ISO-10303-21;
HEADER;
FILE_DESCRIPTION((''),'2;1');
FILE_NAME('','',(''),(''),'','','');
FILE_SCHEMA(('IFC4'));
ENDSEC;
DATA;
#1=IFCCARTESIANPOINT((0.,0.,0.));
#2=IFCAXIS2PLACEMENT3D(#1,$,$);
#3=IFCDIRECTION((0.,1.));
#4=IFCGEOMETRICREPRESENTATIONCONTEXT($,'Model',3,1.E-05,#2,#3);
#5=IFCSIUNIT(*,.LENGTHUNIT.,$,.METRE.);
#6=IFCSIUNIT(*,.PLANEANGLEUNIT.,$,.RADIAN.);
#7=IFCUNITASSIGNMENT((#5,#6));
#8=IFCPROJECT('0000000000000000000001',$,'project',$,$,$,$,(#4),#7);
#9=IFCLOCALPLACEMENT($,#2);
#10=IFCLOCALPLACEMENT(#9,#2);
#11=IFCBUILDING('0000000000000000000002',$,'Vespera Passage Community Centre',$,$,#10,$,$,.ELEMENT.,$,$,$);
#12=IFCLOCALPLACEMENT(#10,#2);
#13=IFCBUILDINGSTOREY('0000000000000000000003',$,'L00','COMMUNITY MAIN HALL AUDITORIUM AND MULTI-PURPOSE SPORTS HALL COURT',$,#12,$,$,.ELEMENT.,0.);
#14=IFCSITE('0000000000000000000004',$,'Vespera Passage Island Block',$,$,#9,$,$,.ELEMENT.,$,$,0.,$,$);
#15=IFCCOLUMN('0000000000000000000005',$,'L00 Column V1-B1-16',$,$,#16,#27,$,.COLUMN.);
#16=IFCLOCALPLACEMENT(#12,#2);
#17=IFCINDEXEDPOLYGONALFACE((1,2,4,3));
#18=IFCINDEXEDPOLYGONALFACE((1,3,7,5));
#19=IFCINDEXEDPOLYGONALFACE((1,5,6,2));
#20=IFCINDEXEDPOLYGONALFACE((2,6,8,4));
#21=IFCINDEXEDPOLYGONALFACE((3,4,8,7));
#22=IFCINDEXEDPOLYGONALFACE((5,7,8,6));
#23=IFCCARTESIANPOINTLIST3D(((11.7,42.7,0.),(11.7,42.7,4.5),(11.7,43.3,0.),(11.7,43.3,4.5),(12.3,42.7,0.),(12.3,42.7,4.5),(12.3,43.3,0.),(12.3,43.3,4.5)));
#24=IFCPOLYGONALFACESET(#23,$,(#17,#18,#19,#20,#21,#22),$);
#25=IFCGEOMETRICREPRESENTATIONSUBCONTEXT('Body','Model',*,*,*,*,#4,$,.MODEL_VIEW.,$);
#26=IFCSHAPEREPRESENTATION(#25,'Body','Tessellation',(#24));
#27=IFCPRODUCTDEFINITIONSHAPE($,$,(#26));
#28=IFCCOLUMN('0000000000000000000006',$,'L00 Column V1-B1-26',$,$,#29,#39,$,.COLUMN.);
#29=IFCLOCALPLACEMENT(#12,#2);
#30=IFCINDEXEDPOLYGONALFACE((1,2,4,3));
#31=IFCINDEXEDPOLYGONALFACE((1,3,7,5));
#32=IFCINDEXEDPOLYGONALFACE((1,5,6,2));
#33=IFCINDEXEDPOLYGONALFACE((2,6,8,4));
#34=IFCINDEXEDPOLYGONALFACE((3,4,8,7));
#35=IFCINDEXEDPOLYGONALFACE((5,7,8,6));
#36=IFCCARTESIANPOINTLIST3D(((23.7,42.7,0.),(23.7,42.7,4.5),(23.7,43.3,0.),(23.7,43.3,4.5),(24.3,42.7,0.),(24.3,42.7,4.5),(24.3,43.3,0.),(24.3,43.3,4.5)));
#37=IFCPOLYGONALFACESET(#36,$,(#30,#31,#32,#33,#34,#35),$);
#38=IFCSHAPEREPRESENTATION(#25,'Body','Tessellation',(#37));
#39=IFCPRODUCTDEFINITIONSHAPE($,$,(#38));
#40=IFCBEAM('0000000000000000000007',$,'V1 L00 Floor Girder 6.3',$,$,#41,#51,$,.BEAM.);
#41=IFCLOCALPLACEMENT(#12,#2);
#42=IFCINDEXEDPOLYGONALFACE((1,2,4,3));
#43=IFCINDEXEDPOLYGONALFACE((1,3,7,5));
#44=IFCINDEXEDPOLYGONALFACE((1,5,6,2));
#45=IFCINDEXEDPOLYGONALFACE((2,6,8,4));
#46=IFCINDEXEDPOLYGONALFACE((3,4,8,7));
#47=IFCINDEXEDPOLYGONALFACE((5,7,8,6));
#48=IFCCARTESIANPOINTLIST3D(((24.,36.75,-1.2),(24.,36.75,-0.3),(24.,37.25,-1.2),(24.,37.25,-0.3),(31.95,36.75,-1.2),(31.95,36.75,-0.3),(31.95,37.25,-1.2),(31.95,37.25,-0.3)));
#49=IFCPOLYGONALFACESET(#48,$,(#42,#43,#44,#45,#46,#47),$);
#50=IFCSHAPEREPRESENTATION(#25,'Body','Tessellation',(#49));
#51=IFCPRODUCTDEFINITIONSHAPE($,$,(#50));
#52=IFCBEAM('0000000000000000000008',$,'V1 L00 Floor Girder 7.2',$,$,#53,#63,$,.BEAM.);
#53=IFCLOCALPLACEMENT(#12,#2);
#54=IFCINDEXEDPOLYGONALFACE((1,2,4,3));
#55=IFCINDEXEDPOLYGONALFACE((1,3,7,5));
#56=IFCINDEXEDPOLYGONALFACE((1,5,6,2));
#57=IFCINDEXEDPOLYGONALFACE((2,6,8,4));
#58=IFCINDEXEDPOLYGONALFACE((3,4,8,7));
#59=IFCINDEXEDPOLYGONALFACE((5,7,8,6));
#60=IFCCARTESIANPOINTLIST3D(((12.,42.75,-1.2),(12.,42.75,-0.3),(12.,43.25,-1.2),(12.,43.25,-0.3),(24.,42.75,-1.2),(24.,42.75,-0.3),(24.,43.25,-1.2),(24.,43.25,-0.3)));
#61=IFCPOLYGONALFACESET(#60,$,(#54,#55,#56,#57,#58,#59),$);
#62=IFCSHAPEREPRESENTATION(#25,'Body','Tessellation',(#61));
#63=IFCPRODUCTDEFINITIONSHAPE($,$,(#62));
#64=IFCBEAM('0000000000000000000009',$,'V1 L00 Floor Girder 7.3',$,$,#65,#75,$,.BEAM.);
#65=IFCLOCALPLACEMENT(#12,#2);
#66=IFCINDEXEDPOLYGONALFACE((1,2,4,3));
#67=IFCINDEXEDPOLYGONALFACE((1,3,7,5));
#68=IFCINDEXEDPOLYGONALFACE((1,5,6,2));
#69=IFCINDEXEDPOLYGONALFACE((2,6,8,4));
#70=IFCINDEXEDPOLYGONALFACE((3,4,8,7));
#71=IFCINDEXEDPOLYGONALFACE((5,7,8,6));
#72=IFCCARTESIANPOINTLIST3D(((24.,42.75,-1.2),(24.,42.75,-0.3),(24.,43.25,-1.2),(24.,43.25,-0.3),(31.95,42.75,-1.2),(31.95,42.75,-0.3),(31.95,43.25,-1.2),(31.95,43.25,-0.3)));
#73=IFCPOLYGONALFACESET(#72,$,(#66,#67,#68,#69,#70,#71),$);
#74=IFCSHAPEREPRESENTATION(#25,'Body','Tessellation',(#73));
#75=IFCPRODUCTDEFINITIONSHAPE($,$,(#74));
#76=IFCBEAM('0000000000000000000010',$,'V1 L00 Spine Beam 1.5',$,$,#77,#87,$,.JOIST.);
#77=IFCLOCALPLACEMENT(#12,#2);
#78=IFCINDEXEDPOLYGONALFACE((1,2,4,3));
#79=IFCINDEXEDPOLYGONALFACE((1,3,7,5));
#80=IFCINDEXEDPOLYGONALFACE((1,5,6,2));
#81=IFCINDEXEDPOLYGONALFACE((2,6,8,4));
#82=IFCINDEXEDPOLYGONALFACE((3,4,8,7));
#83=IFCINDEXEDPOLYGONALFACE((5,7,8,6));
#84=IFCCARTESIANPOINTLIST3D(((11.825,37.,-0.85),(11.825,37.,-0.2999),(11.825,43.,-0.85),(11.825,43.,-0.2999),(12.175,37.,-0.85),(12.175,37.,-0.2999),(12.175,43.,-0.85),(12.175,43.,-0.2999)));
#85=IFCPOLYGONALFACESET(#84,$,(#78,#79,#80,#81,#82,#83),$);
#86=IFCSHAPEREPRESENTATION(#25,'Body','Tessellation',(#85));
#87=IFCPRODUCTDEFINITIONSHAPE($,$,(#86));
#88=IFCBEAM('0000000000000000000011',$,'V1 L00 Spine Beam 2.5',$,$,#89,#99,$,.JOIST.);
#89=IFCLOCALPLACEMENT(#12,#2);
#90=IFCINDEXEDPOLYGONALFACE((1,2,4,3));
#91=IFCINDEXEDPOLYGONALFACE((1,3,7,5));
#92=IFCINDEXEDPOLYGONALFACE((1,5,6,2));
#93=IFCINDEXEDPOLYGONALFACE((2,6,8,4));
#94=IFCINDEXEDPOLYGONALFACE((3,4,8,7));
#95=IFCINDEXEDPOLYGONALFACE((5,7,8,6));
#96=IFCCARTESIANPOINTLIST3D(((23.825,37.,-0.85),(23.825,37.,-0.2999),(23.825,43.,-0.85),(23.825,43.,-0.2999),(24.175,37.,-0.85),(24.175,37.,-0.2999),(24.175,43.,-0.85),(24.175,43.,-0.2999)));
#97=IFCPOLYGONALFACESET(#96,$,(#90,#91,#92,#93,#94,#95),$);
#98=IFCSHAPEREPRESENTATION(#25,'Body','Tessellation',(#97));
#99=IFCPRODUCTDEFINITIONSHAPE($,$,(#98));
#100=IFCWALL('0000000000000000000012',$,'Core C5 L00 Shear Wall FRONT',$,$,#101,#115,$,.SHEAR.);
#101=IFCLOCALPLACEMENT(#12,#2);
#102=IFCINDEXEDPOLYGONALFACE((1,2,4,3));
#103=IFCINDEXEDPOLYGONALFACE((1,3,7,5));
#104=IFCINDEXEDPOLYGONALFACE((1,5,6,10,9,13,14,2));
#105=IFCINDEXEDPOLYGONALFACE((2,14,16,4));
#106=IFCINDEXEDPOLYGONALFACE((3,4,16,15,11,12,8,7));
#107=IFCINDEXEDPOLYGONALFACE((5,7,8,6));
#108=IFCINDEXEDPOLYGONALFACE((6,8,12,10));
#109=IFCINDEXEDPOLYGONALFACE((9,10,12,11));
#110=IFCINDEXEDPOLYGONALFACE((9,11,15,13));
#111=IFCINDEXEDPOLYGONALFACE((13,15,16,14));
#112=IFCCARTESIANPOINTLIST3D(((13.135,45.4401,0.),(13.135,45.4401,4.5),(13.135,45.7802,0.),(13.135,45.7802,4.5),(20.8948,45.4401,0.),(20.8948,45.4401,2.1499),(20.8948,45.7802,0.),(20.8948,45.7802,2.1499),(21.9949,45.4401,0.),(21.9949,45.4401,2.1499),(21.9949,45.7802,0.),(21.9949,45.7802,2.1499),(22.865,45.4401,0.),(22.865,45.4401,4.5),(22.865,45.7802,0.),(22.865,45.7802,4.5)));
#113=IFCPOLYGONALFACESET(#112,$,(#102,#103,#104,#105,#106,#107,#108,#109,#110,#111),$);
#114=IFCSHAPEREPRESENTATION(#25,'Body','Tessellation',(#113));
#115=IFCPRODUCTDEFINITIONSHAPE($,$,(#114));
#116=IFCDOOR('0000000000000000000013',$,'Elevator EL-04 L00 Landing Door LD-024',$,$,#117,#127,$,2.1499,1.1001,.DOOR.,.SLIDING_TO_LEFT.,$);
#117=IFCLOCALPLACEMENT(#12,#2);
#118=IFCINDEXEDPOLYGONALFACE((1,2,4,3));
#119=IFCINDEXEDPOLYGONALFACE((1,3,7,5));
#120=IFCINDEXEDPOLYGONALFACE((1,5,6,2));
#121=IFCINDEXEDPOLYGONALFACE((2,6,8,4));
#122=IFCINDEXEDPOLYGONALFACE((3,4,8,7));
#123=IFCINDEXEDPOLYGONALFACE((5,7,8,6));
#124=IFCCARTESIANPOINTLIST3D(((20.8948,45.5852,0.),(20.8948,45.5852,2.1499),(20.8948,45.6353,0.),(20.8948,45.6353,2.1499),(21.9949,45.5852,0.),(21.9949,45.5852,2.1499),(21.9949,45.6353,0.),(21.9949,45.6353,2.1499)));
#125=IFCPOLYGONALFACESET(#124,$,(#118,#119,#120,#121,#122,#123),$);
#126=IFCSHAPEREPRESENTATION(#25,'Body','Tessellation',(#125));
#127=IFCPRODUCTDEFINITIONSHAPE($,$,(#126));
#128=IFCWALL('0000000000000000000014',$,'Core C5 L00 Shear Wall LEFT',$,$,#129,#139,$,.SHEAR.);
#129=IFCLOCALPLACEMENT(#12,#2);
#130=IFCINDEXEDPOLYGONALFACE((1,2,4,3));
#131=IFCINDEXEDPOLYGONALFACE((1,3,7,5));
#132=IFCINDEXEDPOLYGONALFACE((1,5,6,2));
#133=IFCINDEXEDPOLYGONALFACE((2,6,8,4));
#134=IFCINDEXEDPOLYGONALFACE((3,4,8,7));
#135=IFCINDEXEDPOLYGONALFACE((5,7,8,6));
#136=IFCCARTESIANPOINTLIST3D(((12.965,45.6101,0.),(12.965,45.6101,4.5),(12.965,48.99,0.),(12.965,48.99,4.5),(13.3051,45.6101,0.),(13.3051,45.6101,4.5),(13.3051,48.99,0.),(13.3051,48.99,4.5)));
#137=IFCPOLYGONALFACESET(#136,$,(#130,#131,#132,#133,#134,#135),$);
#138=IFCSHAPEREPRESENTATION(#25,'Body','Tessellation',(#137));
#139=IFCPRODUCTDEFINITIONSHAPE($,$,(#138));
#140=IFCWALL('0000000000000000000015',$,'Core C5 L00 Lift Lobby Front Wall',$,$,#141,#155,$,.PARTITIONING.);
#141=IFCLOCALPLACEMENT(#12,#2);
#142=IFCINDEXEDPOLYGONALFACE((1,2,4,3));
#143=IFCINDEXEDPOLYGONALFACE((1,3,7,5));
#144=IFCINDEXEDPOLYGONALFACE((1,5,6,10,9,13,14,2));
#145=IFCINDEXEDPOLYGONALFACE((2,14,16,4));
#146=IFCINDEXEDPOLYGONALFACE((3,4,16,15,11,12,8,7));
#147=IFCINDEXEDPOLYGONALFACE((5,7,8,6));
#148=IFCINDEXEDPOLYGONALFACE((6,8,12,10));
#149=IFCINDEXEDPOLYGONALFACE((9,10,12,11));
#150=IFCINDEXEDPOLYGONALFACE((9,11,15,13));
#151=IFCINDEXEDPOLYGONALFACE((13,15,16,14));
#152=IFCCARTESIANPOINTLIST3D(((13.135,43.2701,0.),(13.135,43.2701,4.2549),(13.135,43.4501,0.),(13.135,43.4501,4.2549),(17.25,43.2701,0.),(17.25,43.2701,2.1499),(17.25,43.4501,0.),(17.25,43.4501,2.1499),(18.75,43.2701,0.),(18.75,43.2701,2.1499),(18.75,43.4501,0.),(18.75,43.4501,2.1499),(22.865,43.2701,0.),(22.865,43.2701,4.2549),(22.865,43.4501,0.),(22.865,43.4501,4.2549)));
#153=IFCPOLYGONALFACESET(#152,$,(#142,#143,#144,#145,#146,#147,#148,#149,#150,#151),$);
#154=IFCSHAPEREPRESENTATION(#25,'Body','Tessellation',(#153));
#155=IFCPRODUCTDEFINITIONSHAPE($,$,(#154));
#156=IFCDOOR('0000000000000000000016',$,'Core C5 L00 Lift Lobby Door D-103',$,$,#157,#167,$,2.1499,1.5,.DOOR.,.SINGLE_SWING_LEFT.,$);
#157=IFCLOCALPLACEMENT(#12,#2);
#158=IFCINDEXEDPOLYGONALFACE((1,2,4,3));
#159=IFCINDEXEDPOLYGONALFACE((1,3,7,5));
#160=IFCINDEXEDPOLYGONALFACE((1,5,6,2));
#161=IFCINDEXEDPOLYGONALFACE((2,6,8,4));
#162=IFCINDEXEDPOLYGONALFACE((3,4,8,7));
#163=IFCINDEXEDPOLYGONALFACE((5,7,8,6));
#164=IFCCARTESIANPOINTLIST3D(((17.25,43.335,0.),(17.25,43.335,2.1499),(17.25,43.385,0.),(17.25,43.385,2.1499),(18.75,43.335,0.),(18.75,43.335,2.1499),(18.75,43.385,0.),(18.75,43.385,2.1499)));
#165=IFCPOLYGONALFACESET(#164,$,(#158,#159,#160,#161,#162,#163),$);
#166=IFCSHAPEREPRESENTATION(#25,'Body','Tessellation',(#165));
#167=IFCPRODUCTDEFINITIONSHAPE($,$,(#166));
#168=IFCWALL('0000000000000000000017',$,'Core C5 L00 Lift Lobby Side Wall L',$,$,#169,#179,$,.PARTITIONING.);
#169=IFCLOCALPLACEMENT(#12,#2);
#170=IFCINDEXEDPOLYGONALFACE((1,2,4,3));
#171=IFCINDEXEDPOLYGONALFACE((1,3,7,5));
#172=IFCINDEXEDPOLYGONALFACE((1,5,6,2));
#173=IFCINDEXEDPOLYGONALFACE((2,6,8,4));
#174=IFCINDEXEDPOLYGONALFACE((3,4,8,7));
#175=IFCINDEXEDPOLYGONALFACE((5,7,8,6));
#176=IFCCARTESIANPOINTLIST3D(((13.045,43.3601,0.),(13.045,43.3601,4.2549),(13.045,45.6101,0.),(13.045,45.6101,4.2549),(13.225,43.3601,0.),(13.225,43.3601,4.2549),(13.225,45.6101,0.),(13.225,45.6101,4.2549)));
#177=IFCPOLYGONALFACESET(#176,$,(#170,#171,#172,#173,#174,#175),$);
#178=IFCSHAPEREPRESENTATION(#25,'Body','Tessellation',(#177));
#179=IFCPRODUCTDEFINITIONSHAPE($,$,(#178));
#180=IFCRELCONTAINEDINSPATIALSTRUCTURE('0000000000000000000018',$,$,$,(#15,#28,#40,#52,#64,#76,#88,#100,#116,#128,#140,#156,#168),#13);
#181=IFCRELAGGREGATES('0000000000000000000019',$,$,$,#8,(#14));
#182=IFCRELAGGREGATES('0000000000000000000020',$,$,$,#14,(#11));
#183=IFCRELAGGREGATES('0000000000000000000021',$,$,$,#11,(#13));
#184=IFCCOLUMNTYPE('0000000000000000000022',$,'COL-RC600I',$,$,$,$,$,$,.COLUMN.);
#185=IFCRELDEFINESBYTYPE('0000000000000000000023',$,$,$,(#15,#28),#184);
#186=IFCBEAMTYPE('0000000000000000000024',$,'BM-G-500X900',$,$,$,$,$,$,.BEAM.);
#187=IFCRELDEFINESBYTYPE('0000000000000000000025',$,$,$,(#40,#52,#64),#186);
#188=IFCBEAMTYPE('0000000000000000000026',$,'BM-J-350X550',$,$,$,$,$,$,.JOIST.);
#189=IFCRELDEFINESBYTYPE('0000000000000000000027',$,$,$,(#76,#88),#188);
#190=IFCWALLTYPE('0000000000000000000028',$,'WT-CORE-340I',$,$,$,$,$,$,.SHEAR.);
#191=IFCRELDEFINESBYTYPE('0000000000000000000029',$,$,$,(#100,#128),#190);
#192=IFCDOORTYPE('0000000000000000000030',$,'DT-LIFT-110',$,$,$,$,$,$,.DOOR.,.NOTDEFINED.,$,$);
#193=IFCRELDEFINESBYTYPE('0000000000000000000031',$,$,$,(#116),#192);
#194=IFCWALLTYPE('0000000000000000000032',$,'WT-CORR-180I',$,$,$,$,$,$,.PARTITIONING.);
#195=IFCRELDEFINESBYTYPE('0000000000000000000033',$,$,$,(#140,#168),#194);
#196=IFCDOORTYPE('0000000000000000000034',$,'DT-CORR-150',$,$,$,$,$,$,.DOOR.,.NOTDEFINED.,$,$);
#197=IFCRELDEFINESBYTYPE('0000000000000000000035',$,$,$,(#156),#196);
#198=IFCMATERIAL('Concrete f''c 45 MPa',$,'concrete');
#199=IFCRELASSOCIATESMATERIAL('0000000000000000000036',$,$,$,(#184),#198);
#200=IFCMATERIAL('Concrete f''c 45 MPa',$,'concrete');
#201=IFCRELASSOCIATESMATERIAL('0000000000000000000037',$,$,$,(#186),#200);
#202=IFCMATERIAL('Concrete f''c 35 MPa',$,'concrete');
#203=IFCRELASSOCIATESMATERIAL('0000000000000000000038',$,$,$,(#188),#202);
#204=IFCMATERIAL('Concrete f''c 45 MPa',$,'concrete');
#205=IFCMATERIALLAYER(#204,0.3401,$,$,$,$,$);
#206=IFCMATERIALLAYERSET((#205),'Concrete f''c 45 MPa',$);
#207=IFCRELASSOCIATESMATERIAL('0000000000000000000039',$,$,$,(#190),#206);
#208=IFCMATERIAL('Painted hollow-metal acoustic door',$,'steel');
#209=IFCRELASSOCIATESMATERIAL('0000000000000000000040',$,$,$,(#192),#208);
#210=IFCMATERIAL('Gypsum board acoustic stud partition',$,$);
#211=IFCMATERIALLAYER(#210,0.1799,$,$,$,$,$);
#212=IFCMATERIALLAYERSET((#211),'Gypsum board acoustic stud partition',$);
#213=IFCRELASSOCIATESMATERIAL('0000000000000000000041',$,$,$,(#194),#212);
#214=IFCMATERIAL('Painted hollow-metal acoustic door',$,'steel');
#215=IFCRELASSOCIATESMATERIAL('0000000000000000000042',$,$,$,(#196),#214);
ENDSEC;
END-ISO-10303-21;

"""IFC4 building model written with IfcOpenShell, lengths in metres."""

from ifc_helpers import new_model, si_unit, direction, frame, frame_2d, origin, origin_2d, place, context, subcontext, project, spatial, rectangle, extrude, material, layer, layer_set, material_profile, profile_set, type_object, element, fill, save


model = new_model("IFC4")

# Units and contexts
model_context = context("Model", 3, precision=1e-05, world=origin(), true_north=direction((0.0, 1.0)))
body_context = subcontext(model_context, "Body", "Model", "MODEL_VIEW")
ifc_project = project(units=[si_unit("LENGTHUNIT", "METRE"), si_unit("PLANEANGLEUNIT", "RADIAN")], contexts=[model_context])

# Site, building, storey
site_placement = place(None, origin())
site = spatial("IfcSite", under=ifc_project, at=site_placement, Name="Vespera Passage Island Block", CompositionType="ELEMENT", RefElevation=0.0)
building_placement = place(site_placement, origin())
building = spatial("IfcBuilding", under=site, at=building_placement, Name="Vespera Passage Community Centre", CompositionType="ELEMENT")
storey_placement = place(building_placement, origin())
storey = spatial("IfcBuildingStorey", under=building, at=storey_placement, Name="L00", Description="COMMUNITY MAIN HALL AUDITORIUM AND MULTI-PURPOSE SPORTS HALL COURT", CompositionType="ELEMENT", Elevation=0.0)

# Columns
ifc_material_1 = material(Name="Concrete f'c 45 MPa", Category="concrete")
ifc_material_profile_1 = material_profile(ifc_material_1, rectangle(XDim=0.6001, YDim=0.6001, at=origin_2d()), Name="RC600X600")
ifc_profile_set_1 = profile_set([ifc_material_profile_1], Name="Concrete f'c 45 MPa")
column_type = type_object("IfcColumnType", Name="COL-RC600I", PredefinedType="COLUMN", material=ifc_profile_set_1)
for number, where, z_axis, x_axis, name in (
    (1, (12.0, 43.0, 0.0), (0.0, 0.0, 1.0), (1.0, 0.0, 0.0), "L00 Column V1-B1-16"),
    (2, (24.0, 43.0, 0.0), (0.0, 0.0, 1.0), (1.0, 0.0, 0.0), "L00 Column V1-B1-26"),
):
    element("IfcColumn", number, at=place(storey_placement, frame(where, z_axis=z_axis, x_axis=x_axis)), inside=storey, type_object=column_type, Name=name, PredefinedType="COLUMN", context=body_context, shape_type="SweptSolid", body=[
        extrude(rectangle(XDim=0.6001, YDim=0.6001, at=origin_2d()), origin(), (0.0, 0.0, 1.0), 4.5),
    ])

# Beams
ifc_material_2 = material(Name="Concrete f'c 45 MPa", Category="concrete")
ifc_material_profile_2 = material_profile(ifc_material_2, rectangle(XDim=0.5, YDim=0.8999, at=origin_2d()), Name="RC500X900")
ifc_profile_set_2 = profile_set([ifc_material_profile_2], Name="Concrete f'c 45 MPa")
beam_type_1 = type_object("IfcBeamType", Name="BM-G-500X900", PredefinedType="BEAM", material=ifc_profile_set_2)
beam_1_placement = place(storey_placement, frame((24.0, 37.0, -0.75), z_axis=(1.0, 0.0, 0.0), x_axis=(0.0, 1.0, 0.0)))
element("IfcBeam", 3, at=beam_1_placement, inside=storey, type_object=beam_type_1, Name="V1 L00 Floor Girder 6.3", PredefinedType="BEAM", context=body_context, shape_type="SweptSolid", body=[
    extrude(rectangle(XDim=0.5, YDim=0.8999, at=origin_2d()), origin(), (0.0, 0.0, 1.0), 7.95),
])
beam_2_placement = place(storey_placement, frame((12.0, 43.0, -0.75), z_axis=(1.0, 0.0, 0.0), x_axis=(0.0, 1.0, 0.0)))
element("IfcBeam", 4, at=beam_2_placement, inside=storey, type_object=beam_type_1, Name="V1 L00 Floor Girder 7.2", PredefinedType="BEAM", context=body_context, shape_type="SweptSolid", body=[
    extrude(rectangle(XDim=0.5, YDim=0.8999, at=origin_2d()), origin(), (0.0, 0.0, 1.0), 12.0),
])
beam_3_placement = place(storey_placement, frame((24.0, 43.0, -0.75), z_axis=(1.0, 0.0, 0.0), x_axis=(0.0, 1.0, 0.0)))
element("IfcBeam", 5, at=beam_3_placement, inside=storey, type_object=beam_type_1, Name="V1 L00 Floor Girder 7.3", PredefinedType="BEAM", context=body_context, shape_type="SweptSolid", body=[
    extrude(rectangle(XDim=0.5, YDim=0.8999, at=origin_2d()), origin(), (0.0, 0.0, 1.0), 7.95),
])
ifc_material_3 = material(Name="Concrete f'c 35 MPa", Category="concrete")
ifc_material_profile_3 = material_profile(ifc_material_3, rectangle(XDim=0.3501, YDim=0.55, at=origin_2d()), Name="RC350X550")
ifc_profile_set_3 = profile_set([ifc_material_profile_3], Name="Concrete f'c 35 MPa")
beam_type_2 = type_object("IfcBeamType", Name="BM-J-350X550", PredefinedType="JOIST", material=ifc_profile_set_3)
for number, where, z_axis, x_axis, name in (
    (6, (12.0, 37.0, -0.575), (0.0, 1.0, 0.0), (-1.0, 0.0, 0.0), "V1 L00 Spine Beam 1.5"),
    (7, (24.0, 37.0, -0.575), (0.0, 1.0, 0.0), (-1.0, 0.0, 0.0), "V1 L00 Spine Beam 2.5"),
):
    element("IfcBeam", number, at=place(storey_placement, frame(where, z_axis=z_axis, x_axis=x_axis)), inside=storey, type_object=beam_type_2, Name=name, PredefinedType="JOIST", context=body_context, shape_type="SweptSolid", body=[
        extrude(rectangle(XDim=0.3501, YDim=0.55, at=origin_2d()), origin(), (0.0, 0.0, 1.0), 6.0),
    ])

# Wall, opening, door
ifc_material_4 = material(Name="Concrete f'c 45 MPa", Category="concrete")
ifc_layer_1 = layer(ifc_material_4, 0.3401)
ifc_layer_set_1 = layer_set([ifc_layer_1], Name="Concrete f'c 45 MPa")
wall_type_1 = type_object("IfcWallType", Name="WT-CORE-340I", PredefinedType="SHEAR", material=ifc_layer_set_1)
wall_1_placement = place(storey_placement, frame((22.865, 45.6101, 0.0), z_axis=(0.0, 0.0, 1.0), x_axis=(-1.0, 0.0, 0.0)))
wall_1 = element("IfcWall", 8, at=wall_1_placement, inside=storey, type_object=wall_type_1, Name="Core C5 L00 Shear Wall FRONT", PredefinedType="SHEAR", context=body_context, shape_type="SweptSolid", body=[
    extrude(rectangle(XDim=9.73, YDim=0.3401, at=frame_2d((4.865, 0.0))), origin(), (0.0, 0.0, 1.0), 4.5),
])
opening_1_placement = place(wall_1_placement, frame((0.8701, 0.0, 0.0)))
opening_1 = element("IfcOpeningElement", 9, at=opening_1_placement, cuts=wall_1, PredefinedType="OPENING", context=body_context, shape_type="SweptSolid", body=[
    extrude(rectangle(XDim=1.1001, YDim=2.1499, at=frame_2d((0.55, 1.075))), frame((0.0, 0.1799, 0.0), z_axis=(0.0, -1.0, 0.0), x_axis=(1.0, 0.0, 0.0)), (0.0, 0.0, 1.0), 0.3601),
])
ifc_material_5 = material(Name="Painted hollow-metal acoustic door", Category="steel")
door_type_1 = type_object("IfcDoorType", Name="DT-LIFT-110", OperationType="NOTDEFINED", PredefinedType="DOOR", material=ifc_material_5)
door_1_placement = place(opening_1_placement, origin())
door_1 = element("IfcDoor", 10, at=door_1_placement, inside=storey, type_object=door_type_1, Name="Elevator EL-04 L00 Landing Door LD-024", OperationType="SLIDING_TO_LEFT", OverallHeight=2.1499, OverallWidth=1.1001, PredefinedType="DOOR", context=body_context, shape_type="SweptSolid", body=[
    extrude(rectangle(XDim=1.1001, YDim=2.1499, at=frame_2d((0.55, 1.075))), frame((0.0, 0.0249, 0.0), z_axis=(0.0, -1.0, 0.0), x_axis=(1.0, 0.0, 0.0)), (0.0, 0.0, 1.0), 0.05),
])
fill(opening_1, door_1)

# Wall
wall_2_placement = place(storey_placement, frame((13.135, 45.6101, 0.0), z_axis=(0.0, 0.0, 1.0), x_axis=(0.0, 1.0, 0.0)))
element("IfcWall", 11, at=wall_2_placement, inside=storey, type_object=wall_type_1, Name="Core C5 L00 Shear Wall LEFT", PredefinedType="SHEAR", context=body_context, shape_type="SweptSolid", body=[
    extrude(rectangle(XDim=3.3799, YDim=0.3401, at=frame_2d((1.6899, 0.0))), origin(), (0.0, 0.0, 1.0), 4.5),
])

# Wall, opening, door
ifc_material_6 = material(Name="Gypsum board acoustic stud partition")
ifc_layer_2 = layer(ifc_material_6, 0.1799)
ifc_layer_set_2 = layer_set([ifc_layer_2], Name="Gypsum board acoustic stud partition")
wall_type_2 = type_object("IfcWallType", Name="WT-CORR-180I", PredefinedType="PARTITIONING", material=ifc_layer_set_2)
wall_3_placement = place(storey_placement, frame((13.135, 43.3601, 0.0), z_axis=(0.0, 0.0, 1.0), x_axis=(1.0, 0.0, 0.0)))
wall_3 = element("IfcWall", 12, at=wall_3_placement, inside=storey, type_object=wall_type_2, Name="Core C5 L00 Lift Lobby Front Wall", PredefinedType="PARTITIONING", context=body_context, shape_type="SweptSolid", body=[
    extrude(rectangle(XDim=9.73, YDim=0.1799, at=frame_2d((4.865, 0.0))), origin(), (0.0, 0.0, 1.0), 4.2549),
])
opening_2_placement = place(wall_3_placement, frame((4.115, 0.0, 0.0)))
opening_2 = element("IfcOpeningElement", 13, at=opening_2_placement, cuts=wall_3, PredefinedType="OPENING", context=body_context, shape_type="SweptSolid", body=[
    extrude(rectangle(XDim=1.5, YDim=2.1499, at=frame_2d((0.75, 1.075))), frame((0.0, 0.0999, 0.0), z_axis=(0.0, -1.0, 0.0), x_axis=(1.0, 0.0, 0.0)), (0.0, 0.0, 1.0), 0.2),
])
ifc_material_7 = material(Name="Painted hollow-metal acoustic door", Category="steel")
door_type_2 = type_object("IfcDoorType", Name="DT-CORR-150", OperationType="NOTDEFINED", PredefinedType="DOOR", material=ifc_material_7)
door_2_placement = place(opening_2_placement, origin())
door_2 = element("IfcDoor", 14, at=door_2_placement, inside=storey, type_object=door_type_2, Name="Core C5 L00 Lift Lobby Door D-103", OperationType="SINGLE_SWING_LEFT", OverallHeight=2.1499, OverallWidth=1.5, PredefinedType="DOOR", context=body_context, shape_type="SweptSolid", body=[
    extrude(rectangle(XDim=1.5, YDim=2.1499, at=frame_2d((0.75, 1.075))), frame((0.0, 0.0249, 0.0), z_axis=(0.0, -1.0, 0.0), x_axis=(1.0, 0.0, 0.0)), (0.0, 0.0, 1.0), 0.05),
])
fill(opening_2, door_2)

# Wall
for number, where, z_axis, x_axis, name in (
    (15, (13.135, 45.6101, 0.0), (0.0, 0.0, 1.0), (0.0, -1.0, 0.0), "Core C5 L00 Lift Lobby Side Wall L"),
):
    element("IfcWall", number, at=place(storey_placement, frame(where, z_axis=z_axis, x_axis=x_axis)), inside=storey, type_object=wall_type_2, Name=name, PredefinedType="PARTITIONING", context=body_context, shape_type="SweptSolid", body=[
        extrude(rectangle(XDim=2.25, YDim=0.1799, at=frame_2d((1.125, 0.0))), origin(), (0.0, 0.0, 1.0), 4.2549),
    ])

save(model, "model.ifc")
